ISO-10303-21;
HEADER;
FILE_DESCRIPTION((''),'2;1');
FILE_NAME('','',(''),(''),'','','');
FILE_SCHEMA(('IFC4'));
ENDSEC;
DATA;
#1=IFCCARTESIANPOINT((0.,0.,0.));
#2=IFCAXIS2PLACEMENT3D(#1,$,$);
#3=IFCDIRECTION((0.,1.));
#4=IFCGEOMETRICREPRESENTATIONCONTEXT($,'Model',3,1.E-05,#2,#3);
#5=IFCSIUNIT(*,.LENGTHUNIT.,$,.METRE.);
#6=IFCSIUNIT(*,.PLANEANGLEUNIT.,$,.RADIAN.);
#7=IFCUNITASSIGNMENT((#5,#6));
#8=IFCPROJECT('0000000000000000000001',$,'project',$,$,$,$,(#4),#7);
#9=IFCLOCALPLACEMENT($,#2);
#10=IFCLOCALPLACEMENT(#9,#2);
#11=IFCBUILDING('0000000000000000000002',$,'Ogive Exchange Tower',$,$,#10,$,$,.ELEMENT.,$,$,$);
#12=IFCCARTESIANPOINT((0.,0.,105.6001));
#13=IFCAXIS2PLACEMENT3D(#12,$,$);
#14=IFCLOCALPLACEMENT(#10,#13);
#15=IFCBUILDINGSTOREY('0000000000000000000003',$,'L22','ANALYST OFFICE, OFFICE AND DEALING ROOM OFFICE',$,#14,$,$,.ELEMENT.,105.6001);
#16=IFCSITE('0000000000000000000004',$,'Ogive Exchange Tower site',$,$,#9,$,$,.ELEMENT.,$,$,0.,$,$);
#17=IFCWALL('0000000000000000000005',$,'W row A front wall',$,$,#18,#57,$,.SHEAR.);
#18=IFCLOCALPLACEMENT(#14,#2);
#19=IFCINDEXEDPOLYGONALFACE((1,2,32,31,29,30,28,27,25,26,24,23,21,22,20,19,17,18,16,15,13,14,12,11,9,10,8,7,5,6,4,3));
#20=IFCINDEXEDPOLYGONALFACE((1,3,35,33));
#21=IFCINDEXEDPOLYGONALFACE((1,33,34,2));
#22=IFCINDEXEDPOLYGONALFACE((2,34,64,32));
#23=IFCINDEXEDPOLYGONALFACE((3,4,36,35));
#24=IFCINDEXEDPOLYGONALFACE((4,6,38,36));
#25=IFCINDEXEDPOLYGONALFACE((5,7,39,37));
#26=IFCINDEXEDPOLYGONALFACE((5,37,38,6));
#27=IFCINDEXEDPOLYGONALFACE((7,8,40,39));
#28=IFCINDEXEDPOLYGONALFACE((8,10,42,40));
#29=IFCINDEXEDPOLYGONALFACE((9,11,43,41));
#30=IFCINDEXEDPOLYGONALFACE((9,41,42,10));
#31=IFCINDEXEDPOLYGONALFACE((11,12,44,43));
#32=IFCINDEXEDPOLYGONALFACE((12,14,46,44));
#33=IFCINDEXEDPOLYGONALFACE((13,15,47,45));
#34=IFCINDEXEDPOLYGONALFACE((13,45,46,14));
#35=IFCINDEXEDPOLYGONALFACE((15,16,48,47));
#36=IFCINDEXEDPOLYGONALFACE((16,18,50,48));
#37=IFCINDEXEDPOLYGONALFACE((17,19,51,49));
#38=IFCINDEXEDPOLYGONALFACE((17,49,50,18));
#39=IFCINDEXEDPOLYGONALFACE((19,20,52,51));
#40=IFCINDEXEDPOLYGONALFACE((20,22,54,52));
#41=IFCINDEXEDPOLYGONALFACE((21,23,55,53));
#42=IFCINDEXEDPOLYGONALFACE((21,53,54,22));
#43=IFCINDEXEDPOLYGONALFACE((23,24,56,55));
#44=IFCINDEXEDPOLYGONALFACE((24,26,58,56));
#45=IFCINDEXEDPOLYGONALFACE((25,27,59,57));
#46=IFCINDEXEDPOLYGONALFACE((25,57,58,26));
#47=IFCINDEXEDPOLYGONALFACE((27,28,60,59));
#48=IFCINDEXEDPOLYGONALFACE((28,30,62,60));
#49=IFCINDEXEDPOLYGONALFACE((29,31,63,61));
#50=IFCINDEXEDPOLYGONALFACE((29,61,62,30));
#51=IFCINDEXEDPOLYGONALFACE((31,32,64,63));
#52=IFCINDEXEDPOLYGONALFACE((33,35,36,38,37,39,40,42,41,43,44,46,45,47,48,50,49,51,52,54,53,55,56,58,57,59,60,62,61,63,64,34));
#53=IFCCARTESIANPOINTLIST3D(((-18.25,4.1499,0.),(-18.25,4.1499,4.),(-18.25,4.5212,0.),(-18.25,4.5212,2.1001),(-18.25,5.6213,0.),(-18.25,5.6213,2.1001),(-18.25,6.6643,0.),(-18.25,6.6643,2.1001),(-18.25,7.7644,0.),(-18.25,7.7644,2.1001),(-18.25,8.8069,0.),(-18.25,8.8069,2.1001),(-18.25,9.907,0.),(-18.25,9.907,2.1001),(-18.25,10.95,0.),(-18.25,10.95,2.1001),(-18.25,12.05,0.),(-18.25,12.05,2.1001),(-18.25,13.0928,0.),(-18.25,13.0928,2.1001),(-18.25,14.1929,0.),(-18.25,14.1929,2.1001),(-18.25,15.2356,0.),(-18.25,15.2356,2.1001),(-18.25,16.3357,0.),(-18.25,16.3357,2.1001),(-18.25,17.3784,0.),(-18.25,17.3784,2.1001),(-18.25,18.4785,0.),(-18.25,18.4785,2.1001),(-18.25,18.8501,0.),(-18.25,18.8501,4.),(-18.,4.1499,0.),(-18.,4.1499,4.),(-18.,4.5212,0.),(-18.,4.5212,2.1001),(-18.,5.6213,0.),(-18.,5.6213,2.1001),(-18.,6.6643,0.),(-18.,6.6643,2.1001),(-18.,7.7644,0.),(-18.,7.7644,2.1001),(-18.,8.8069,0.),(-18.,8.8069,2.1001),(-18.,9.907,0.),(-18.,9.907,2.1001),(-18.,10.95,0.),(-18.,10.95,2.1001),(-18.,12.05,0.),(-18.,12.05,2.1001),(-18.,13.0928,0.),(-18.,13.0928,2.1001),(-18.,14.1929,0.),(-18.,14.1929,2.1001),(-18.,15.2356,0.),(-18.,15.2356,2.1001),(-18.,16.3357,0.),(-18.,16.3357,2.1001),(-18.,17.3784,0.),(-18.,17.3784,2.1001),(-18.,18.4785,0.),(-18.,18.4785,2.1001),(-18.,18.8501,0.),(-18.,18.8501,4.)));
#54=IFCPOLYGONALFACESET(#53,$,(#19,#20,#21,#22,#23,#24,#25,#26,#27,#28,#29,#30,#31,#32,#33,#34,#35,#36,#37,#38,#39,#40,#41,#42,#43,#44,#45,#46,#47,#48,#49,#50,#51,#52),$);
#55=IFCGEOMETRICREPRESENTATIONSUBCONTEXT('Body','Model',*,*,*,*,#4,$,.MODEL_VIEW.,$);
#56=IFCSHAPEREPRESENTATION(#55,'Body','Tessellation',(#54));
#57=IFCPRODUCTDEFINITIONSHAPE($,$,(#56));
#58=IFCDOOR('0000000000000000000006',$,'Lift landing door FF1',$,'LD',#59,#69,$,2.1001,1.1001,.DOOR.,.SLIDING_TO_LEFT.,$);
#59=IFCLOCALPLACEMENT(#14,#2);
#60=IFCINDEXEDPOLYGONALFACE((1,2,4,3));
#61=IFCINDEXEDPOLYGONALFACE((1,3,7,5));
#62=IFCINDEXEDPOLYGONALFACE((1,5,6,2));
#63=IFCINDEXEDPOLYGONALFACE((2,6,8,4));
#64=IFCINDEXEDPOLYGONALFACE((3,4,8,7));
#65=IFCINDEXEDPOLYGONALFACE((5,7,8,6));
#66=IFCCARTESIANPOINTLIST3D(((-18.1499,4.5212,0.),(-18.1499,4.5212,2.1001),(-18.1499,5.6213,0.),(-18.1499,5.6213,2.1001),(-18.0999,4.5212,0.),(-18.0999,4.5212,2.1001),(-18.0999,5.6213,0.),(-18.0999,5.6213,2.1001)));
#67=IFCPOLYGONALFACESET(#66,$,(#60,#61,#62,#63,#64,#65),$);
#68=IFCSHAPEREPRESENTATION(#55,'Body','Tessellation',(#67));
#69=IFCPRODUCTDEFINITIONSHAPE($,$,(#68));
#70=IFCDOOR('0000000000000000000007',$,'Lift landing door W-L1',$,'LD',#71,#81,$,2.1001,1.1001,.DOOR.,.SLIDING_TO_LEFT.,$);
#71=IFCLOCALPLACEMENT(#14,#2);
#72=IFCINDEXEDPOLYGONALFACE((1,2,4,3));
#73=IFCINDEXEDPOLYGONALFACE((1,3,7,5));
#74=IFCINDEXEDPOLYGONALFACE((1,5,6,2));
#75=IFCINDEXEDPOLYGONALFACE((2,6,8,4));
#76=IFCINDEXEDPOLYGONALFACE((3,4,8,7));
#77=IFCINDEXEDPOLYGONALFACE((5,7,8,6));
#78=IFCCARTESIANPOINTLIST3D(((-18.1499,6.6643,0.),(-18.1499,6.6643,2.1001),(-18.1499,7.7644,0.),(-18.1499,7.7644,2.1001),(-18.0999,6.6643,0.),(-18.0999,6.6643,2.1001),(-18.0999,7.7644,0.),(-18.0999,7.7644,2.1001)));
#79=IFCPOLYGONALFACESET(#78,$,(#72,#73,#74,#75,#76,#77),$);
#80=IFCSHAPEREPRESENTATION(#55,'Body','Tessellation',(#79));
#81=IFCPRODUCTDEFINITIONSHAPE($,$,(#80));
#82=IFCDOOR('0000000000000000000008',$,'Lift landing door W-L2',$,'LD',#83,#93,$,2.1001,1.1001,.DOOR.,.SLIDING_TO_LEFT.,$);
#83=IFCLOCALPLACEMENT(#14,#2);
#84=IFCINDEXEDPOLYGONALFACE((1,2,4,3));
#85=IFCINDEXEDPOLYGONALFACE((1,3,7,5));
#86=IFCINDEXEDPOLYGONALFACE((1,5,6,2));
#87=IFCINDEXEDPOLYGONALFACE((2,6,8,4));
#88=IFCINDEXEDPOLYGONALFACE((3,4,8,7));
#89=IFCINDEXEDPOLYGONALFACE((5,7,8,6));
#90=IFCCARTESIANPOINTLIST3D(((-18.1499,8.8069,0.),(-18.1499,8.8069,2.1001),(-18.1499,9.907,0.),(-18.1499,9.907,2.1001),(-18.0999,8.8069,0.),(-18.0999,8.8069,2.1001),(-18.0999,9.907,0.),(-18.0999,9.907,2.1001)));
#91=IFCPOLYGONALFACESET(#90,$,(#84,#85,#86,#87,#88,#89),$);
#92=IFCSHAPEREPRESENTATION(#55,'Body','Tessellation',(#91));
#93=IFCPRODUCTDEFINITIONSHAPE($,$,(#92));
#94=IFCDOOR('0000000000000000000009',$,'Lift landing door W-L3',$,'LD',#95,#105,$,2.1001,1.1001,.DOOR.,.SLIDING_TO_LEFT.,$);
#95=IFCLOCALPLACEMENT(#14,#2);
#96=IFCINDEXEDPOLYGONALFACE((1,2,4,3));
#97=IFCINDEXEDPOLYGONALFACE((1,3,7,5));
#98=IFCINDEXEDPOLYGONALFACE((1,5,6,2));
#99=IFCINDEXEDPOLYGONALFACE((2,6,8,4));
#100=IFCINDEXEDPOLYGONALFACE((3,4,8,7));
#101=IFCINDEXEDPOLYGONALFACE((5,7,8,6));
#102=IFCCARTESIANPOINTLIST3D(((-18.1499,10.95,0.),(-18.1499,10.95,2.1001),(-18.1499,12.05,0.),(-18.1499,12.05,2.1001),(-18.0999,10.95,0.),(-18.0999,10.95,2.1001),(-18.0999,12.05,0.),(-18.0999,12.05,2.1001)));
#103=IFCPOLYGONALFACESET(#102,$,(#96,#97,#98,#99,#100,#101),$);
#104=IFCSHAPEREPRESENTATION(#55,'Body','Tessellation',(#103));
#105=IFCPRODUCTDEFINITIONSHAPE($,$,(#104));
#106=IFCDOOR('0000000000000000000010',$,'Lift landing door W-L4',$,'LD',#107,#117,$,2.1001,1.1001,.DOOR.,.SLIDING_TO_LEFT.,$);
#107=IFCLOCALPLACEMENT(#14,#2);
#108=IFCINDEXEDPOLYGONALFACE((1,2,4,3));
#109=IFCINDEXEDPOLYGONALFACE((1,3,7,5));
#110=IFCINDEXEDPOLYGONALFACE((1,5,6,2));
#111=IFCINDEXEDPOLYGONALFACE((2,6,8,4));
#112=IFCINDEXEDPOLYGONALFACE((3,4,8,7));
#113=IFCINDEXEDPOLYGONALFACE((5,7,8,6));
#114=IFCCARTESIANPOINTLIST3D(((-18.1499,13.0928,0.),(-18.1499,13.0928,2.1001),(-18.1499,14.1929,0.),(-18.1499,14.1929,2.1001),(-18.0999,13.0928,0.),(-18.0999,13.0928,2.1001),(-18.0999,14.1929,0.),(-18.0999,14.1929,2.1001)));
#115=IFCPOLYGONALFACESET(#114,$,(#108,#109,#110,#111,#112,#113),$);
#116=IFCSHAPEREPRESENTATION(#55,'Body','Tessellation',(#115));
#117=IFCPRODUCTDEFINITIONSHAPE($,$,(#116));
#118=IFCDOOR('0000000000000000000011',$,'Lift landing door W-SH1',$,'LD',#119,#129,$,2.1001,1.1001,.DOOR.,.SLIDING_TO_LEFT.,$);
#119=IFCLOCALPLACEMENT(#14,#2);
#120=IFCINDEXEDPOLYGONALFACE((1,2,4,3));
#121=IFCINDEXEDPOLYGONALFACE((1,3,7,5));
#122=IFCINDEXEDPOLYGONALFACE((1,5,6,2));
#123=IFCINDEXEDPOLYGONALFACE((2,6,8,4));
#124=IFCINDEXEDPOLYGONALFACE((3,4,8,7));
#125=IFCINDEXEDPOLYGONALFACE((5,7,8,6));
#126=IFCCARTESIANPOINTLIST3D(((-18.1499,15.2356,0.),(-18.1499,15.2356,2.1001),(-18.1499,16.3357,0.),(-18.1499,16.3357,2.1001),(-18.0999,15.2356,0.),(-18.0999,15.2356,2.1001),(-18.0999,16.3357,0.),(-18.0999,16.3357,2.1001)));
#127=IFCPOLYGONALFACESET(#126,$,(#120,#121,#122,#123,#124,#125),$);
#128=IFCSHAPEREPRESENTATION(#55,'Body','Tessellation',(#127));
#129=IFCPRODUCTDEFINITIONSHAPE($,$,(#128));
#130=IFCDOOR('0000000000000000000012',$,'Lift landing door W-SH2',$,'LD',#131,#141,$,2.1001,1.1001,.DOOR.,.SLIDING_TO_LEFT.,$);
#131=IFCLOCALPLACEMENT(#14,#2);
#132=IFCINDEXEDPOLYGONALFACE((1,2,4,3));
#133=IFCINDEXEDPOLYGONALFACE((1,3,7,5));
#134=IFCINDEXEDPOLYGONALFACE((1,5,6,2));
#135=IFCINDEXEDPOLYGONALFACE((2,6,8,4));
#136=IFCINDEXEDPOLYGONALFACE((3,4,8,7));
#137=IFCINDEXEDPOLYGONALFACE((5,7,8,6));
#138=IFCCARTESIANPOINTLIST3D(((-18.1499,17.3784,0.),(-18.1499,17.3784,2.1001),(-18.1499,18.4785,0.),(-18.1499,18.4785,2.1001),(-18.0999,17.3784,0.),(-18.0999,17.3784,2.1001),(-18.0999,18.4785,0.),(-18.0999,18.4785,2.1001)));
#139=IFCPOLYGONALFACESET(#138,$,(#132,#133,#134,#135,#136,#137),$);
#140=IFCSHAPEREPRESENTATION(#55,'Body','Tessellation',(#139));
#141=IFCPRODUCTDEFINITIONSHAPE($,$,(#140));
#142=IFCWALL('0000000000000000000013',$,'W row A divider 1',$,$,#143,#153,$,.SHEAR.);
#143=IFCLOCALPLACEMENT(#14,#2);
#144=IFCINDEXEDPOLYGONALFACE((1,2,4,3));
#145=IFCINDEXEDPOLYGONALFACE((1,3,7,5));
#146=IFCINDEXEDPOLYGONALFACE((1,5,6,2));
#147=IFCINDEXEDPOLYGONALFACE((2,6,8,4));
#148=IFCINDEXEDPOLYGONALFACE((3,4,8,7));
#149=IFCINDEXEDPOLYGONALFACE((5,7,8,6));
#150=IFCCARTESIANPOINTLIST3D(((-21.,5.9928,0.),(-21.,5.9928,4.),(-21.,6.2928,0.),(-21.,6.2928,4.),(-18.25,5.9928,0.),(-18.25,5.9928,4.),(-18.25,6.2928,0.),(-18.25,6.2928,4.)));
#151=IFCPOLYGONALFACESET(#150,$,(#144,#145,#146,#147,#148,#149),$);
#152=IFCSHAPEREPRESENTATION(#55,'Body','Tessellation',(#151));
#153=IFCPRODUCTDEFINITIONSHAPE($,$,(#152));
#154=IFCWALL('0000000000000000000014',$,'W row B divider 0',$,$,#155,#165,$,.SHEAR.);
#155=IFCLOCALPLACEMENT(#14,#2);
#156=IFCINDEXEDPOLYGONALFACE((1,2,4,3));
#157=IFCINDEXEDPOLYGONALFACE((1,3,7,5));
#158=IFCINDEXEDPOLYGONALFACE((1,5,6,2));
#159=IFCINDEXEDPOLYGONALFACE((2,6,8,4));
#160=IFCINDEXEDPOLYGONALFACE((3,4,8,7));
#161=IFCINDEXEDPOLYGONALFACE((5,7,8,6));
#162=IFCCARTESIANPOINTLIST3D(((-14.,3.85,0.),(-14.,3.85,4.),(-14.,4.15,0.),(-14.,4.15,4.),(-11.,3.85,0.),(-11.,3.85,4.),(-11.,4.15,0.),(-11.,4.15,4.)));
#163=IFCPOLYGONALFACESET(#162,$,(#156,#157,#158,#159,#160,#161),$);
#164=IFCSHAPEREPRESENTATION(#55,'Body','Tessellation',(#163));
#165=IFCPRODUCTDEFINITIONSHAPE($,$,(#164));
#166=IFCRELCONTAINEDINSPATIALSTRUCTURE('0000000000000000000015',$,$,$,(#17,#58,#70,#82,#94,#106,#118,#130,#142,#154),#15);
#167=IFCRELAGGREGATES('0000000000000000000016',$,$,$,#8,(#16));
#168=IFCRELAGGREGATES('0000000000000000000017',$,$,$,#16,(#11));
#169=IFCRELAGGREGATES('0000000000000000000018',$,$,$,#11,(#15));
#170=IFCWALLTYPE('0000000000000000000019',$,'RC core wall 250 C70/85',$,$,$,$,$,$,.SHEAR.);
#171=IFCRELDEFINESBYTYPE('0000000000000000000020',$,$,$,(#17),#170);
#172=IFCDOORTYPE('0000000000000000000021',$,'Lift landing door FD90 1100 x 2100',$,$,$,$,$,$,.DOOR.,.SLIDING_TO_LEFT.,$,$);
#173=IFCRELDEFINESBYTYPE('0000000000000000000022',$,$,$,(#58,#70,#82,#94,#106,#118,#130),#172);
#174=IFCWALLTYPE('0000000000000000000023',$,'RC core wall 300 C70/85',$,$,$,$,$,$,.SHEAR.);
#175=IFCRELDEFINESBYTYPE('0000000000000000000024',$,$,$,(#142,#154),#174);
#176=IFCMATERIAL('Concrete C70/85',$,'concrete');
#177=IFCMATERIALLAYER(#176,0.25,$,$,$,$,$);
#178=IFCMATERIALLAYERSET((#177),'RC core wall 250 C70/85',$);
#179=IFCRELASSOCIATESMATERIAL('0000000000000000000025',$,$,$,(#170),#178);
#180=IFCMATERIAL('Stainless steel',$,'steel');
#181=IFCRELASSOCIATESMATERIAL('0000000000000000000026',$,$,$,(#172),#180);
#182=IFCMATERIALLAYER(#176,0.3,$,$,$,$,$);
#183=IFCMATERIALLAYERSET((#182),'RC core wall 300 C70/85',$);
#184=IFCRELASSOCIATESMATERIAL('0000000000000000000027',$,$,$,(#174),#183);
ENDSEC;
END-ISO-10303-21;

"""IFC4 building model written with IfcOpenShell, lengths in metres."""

from ifc_helpers import new_model, si_unit, direction, frame, frame_2d, origin, place, context, subcontext, project, spatial, rectangle, extrude, material, layer, layer_set, type_object, element, fill, save


model = new_model("IFC4")

# Units and contexts
model_context = context("Model", 3, precision=1e-05, world=origin(), true_north=direction((0.0, 1.0)))
body_context = subcontext(model_context, "Body", "Model", "MODEL_VIEW")
ifc_project = project(units=[si_unit("LENGTHUNIT", "METRE"), si_unit("PLANEANGLEUNIT", "RADIAN")], contexts=[model_context])

# Site, building, storey
site_placement = place(None, origin())
site = spatial("IfcSite", under=ifc_project, at=site_placement, Name="Ogive Exchange Tower site", CompositionType="ELEMENT", RefElevation=0.0)
building_placement = place(site_placement, origin())
building = spatial("IfcBuilding", under=site, at=building_placement, Name="Ogive Exchange Tower", CompositionType="ELEMENT")
storey_placement = place(building_placement, frame((0.0, 0.0, 105.6001)))
storey = spatial("IfcBuildingStorey", under=building, at=storey_placement, Name="L22", Description="ANALYST OFFICE, OFFICE AND DEALING ROOM OFFICE", CompositionType="ELEMENT", Elevation=105.6001)

# Shared definitions
ifc_material_1 = material(Name="Concrete C70/85", Category="concrete")

# Wall, openings, doors
ifc_layer_1 = layer(ifc_material_1, 0.25)
ifc_layer_set_1 = layer_set([ifc_layer_1], Name="RC core wall 250 C70/85")
wall_type_1 = type_object("IfcWallType", Name="RC core wall 250 C70/85", PredefinedType="SHEAR", material=ifc_layer_set_1)
wall_1_placement = place(storey_placement, frame((-18.125, 4.1499, 0.0), z_axis=(0.0, 0.0, 1.0), x_axis=(0.0, 1.0, 0.0)))
wall_1 = element("IfcWall", 1, at=wall_1_placement, inside=storey, type_object=wall_type_1, Name="W row A front wall", PredefinedType="SHEAR", context=body_context, shape_type="SweptSolid", body=[
    extrude(rectangle(XDim=14.7002, YDim=0.25, at=frame_2d((7.3501, 0.0))), origin(), (0.0, 0.0, 1.0), 4.0),
])
opening_1_placement = place(wall_1_placement, frame((0.3713, 0.0, 0.0)))
opening_1 = element("IfcOpeningElement", 2, at=opening_1_placement, cuts=wall_1, PredefinedType="OPENING", context=body_context, shape_type="SweptSolid", body=[
    extrude(rectangle(XDim=1.1001, YDim=2.1001, at=frame_2d((0.55, 1.05))), frame((0.0, 0.135, 0.0), z_axis=(0.0, -1.0, 0.0), x_axis=(1.0, 0.0, 0.0)), (0.0, 0.0, 1.0), 0.27),
])
opening_2_placement = place(wall_1_placement, frame((2.5144, 0.0, 0.0)))
opening_2 = element("IfcOpeningElement", 3, at=opening_2_placement, cuts=wall_1, PredefinedType="OPENING", context=body_context, shape_type="SweptSolid", body=[
    extrude(rectangle(XDim=1.1001, YDim=2.1001, at=frame_2d((0.55, 1.05))), frame((0.0, 0.135, 0.0), z_axis=(0.0, -1.0, 0.0), x_axis=(1.0, 0.0, 0.0)), (0.0, 0.0, 1.0), 0.27),
])
opening_3_placement = place(wall_1_placement, frame((4.657, 0.0, 0.0)))
opening_3 = element("IfcOpeningElement", 4, at=opening_3_placement, cuts=wall_1, PredefinedType="OPENING", context=body_context, shape_type="SweptSolid", body=[
    extrude(rectangle(XDim=1.1001, YDim=2.1001, at=frame_2d((0.55, 1.05))), frame((0.0, 0.135, 0.0), z_axis=(0.0, -1.0, 0.0), x_axis=(1.0, 0.0, 0.0)), (0.0, 0.0, 1.0), 0.27),
])
opening_4_placement = place(wall_1_placement, frame((6.8, 0.0, 0.0)))
opening_4 = element("IfcOpeningElement", 5, at=opening_4_placement, cuts=wall_1, PredefinedType="OPENING", context=body_context, shape_type="SweptSolid", body=[
    extrude(rectangle(XDim=1.1001, YDim=2.1001, at=frame_2d((0.55, 1.05))), frame((0.0, 0.135, 0.0), z_axis=(0.0, -1.0, 0.0), x_axis=(1.0, 0.0, 0.0)), (0.0, 0.0, 1.0), 0.27),
])
opening_5_placement = place(wall_1_placement, frame((8.9429, 0.0, 0.0)))
opening_5 = element("IfcOpeningElement", 6, at=opening_5_placement, cuts=wall_1, PredefinedType="OPENING", context=body_context, shape_type="SweptSolid", body=[
    extrude(rectangle(XDim=1.1001, YDim=2.1001, at=frame_2d((0.55, 1.05))), frame((0.0, 0.135, 0.0), z_axis=(0.0, -1.0, 0.0), x_axis=(1.0, 0.0, 0.0)), (0.0, 0.0, 1.0), 0.27),
])
opening_6_placement = place(wall_1_placement, frame((11.0857, 0.0, 0.0)))
opening_6 = element("IfcOpeningElement", 7, at=opening_6_placement, cuts=wall_1, PredefinedType="OPENING", context=body_context, shape_type="SweptSolid", body=[
    extrude(rectangle(XDim=1.1001, YDim=2.1001, at=frame_2d((0.55, 1.05))), frame((0.0, 0.135, 0.0), z_axis=(0.0, -1.0, 0.0), x_axis=(1.0, 0.0, 0.0)), (0.0, 0.0, 1.0), 0.27),
])
opening_7_placement = place(wall_1_placement, frame((13.2285, 0.0, 0.0)))
opening_7 = element("IfcOpeningElement", 8, at=opening_7_placement, cuts=wall_1, PredefinedType="OPENING", context=body_context, shape_type="SweptSolid", body=[
    extrude(rectangle(XDim=1.1001, YDim=2.1001, at=frame_2d((0.55, 1.05))), frame((0.0, 0.135, 0.0), z_axis=(0.0, -1.0, 0.0), x_axis=(1.0, 0.0, 0.0)), (0.0, 0.0, 1.0), 0.27),
])
ifc_material_2 = material(Name="Stainless steel", Category="steel")
door_type_1 = type_object("IfcDoorType", Name="Lift landing door FD90 1100 x 2100", OperationType="SLIDING_TO_LEFT", PredefinedType="DOOR", material=ifc_material_2)
door_1_placement = place(opening_1_placement, origin())
door_1 = element("IfcDoor", 9, at=door_1_placement, inside=storey, type_object=door_type_1, Name="Lift landing door FF1", ObjectType="LD", OperationType="SLIDING_TO_LEFT", OverallHeight=2.1001, OverallWidth=1.1001, PredefinedType="DOOR", context=body_context, shape_type="SweptSolid", body=[
    extrude(rectangle(XDim=1.1001, YDim=2.1001, at=frame_2d((0.55, 1.05))), frame((0.0, 0.0249, 0.0), z_axis=(0.0, -1.0, 0.0), x_axis=(1.0, 0.0, 0.0)), (0.0, 0.0, 1.0), 0.05),
])
fill(opening_1, door_1)
door_2_placement = place(opening_2_placement, origin())
door_2 = element("IfcDoor", 10, at=door_2_placement, inside=storey, type_object=door_type_1, Name="Lift landing door W-L1", ObjectType="LD", OperationType="SLIDING_TO_LEFT", OverallHeight=2.1001, OverallWidth=1.1001, PredefinedType="DOOR", context=body_context, shape_type="SweptSolid", body=[
    extrude(rectangle(XDim=1.1001, YDim=2.1001, at=frame_2d((0.55, 1.05))), frame((0.0, 0.0249, 0.0), z_axis=(0.0, -1.0, 0.0), x_axis=(1.0, 0.0, 0.0)), (0.0, 0.0, 1.0), 0.05),
])
fill(opening_2, door_2)
door_3_placement = place(opening_3_placement, origin())
door_3 = element("IfcDoor", 11, at=door_3_placement, inside=storey, type_object=door_type_1, Name="Lift landing door W-L2", ObjectType="LD", OperationType="SLIDING_TO_LEFT", OverallHeight=2.1001, OverallWidth=1.1001, PredefinedType="DOOR", context=body_context, shape_type="SweptSolid", body=[
    extrude(rectangle(XDim=1.1001, YDim=2.1001, at=frame_2d((0.55, 1.05))), frame((0.0, 0.0249, 0.0), z_axis=(0.0, -1.0, 0.0), x_axis=(1.0, 0.0, 0.0)), (0.0, 0.0, 1.0), 0.05),
])
fill(opening_3, door_3)
door_4_placement = place(opening_4_placement, origin())
door_4 = element("IfcDoor", 12, at=door_4_placement, inside=storey, type_object=door_type_1, Name="Lift landing door W-L3", ObjectType="LD", OperationType="SLIDING_TO_LEFT", OverallHeight=2.1001, OverallWidth=1.1001, PredefinedType="DOOR", context=body_context, shape_type="SweptSolid", body=[
    extrude(rectangle(XDim=1.1001, YDim=2.1001, at=frame_2d((0.55, 1.05))), frame((0.0, 0.0249, 0.0), z_axis=(0.0, -1.0, 0.0), x_axis=(1.0, 0.0, 0.0)), (0.0, 0.0, 1.0), 0.05),
])
fill(opening_4, door_4)
door_5_placement = place(opening_5_placement, origin())
door_5 = element("IfcDoor", 13, at=door_5_placement, inside=storey, type_object=door_type_1, Name="Lift landing door W-L4", ObjectType="LD", OperationType="SLIDING_TO_LEFT", OverallHeight=2.1001, OverallWidth=1.1001, PredefinedType="DOOR", context=body_context, shape_type="SweptSolid", body=[
    extrude(rectangle(XDim=1.1001, YDim=2.1001, at=frame_2d((0.55, 1.05))), frame((0.0, 0.0249, 0.0), z_axis=(0.0, -1.0, 0.0), x_axis=(1.0, 0.0, 0.0)), (0.0, 0.0, 1.0), 0.05),
])
fill(opening_5, door_5)
door_6_placement = place(opening_6_placement, origin())
door_6 = element("IfcDoor", 14, at=door_6_placement, inside=storey, type_object=door_type_1, Name="Lift landing door W-SH1", ObjectType="LD", OperationType="SLIDING_TO_LEFT", OverallHeight=2.1001, OverallWidth=1.1001, PredefinedType="DOOR", context=body_context, shape_type="SweptSolid", body=[
    extrude(rectangle(XDim=1.1001, YDim=2.1001, at=frame_2d((0.55, 1.05))), frame((0.0, 0.0249, 0.0), z_axis=(0.0, -1.0, 0.0), x_axis=(1.0, 0.0, 0.0)), (0.0, 0.0, 1.0), 0.05),
])
fill(opening_6, door_6)
door_7_placement = place(opening_7_placement, origin())
door_7 = element("IfcDoor", 15, at=door_7_placement, inside=storey, type_object=door_type_1, Name="Lift landing door W-SH2", ObjectType="LD", OperationType="SLIDING_TO_LEFT", OverallHeight=2.1001, OverallWidth=1.1001, PredefinedType="DOOR", context=body_context, shape_type="SweptSolid", body=[
    extrude(rectangle(XDim=1.1001, YDim=2.1001, at=frame_2d((0.55, 1.05))), frame((0.0, 0.0249, 0.0), z_axis=(0.0, -1.0, 0.0), x_axis=(1.0, 0.0, 0.0)), (0.0, 0.0, 1.0), 0.05),
])
fill(opening_7, door_7)

# Walls
ifc_layer_2 = layer(ifc_material_1, 0.3)
ifc_layer_set_2 = layer_set([ifc_layer_2], Name="RC core wall 300 C70/85")
wall_type_2 = type_object("IfcWallType", Name="RC core wall 300 C70/85", PredefinedType="SHEAR", material=ifc_layer_set_2)
wall_2_placement = place(storey_placement, frame((-21.0, 6.1428, 0.0), z_axis=(0.0, 0.0, 1.0), x_axis=(1.0, 0.0, 0.0)))
element("IfcWall", 16, at=wall_2_placement, inside=storey, type_object=wall_type_2, Name="W row A divider 1", PredefinedType="SHEAR", context=body_context, shape_type="SweptSolid", body=[
    extrude(rectangle(XDim=2.75, YDim=0.3, at=frame_2d((1.375, 0.0))), origin(), (0.0, 0.0, 1.0), 4.0),
])
wall_3_placement = place(storey_placement, frame((-14.0, 4.0, 0.0), z_axis=(0.0, 0.0, 1.0), x_axis=(1.0, 0.0, 0.0)))
element("IfcWall", 17, at=wall_3_placement, inside=storey, type_object=wall_type_2, Name="W row B divider 0", PredefinedType="SHEAR", context=body_context, shape_type="SweptSolid", body=[
    extrude(rectangle(XDim=3.0, YDim=0.3, at=frame_2d((1.5, 0.0))), origin(), (0.0, 0.0, 1.0), 4.0),
])

save(model, "model.ifc")
